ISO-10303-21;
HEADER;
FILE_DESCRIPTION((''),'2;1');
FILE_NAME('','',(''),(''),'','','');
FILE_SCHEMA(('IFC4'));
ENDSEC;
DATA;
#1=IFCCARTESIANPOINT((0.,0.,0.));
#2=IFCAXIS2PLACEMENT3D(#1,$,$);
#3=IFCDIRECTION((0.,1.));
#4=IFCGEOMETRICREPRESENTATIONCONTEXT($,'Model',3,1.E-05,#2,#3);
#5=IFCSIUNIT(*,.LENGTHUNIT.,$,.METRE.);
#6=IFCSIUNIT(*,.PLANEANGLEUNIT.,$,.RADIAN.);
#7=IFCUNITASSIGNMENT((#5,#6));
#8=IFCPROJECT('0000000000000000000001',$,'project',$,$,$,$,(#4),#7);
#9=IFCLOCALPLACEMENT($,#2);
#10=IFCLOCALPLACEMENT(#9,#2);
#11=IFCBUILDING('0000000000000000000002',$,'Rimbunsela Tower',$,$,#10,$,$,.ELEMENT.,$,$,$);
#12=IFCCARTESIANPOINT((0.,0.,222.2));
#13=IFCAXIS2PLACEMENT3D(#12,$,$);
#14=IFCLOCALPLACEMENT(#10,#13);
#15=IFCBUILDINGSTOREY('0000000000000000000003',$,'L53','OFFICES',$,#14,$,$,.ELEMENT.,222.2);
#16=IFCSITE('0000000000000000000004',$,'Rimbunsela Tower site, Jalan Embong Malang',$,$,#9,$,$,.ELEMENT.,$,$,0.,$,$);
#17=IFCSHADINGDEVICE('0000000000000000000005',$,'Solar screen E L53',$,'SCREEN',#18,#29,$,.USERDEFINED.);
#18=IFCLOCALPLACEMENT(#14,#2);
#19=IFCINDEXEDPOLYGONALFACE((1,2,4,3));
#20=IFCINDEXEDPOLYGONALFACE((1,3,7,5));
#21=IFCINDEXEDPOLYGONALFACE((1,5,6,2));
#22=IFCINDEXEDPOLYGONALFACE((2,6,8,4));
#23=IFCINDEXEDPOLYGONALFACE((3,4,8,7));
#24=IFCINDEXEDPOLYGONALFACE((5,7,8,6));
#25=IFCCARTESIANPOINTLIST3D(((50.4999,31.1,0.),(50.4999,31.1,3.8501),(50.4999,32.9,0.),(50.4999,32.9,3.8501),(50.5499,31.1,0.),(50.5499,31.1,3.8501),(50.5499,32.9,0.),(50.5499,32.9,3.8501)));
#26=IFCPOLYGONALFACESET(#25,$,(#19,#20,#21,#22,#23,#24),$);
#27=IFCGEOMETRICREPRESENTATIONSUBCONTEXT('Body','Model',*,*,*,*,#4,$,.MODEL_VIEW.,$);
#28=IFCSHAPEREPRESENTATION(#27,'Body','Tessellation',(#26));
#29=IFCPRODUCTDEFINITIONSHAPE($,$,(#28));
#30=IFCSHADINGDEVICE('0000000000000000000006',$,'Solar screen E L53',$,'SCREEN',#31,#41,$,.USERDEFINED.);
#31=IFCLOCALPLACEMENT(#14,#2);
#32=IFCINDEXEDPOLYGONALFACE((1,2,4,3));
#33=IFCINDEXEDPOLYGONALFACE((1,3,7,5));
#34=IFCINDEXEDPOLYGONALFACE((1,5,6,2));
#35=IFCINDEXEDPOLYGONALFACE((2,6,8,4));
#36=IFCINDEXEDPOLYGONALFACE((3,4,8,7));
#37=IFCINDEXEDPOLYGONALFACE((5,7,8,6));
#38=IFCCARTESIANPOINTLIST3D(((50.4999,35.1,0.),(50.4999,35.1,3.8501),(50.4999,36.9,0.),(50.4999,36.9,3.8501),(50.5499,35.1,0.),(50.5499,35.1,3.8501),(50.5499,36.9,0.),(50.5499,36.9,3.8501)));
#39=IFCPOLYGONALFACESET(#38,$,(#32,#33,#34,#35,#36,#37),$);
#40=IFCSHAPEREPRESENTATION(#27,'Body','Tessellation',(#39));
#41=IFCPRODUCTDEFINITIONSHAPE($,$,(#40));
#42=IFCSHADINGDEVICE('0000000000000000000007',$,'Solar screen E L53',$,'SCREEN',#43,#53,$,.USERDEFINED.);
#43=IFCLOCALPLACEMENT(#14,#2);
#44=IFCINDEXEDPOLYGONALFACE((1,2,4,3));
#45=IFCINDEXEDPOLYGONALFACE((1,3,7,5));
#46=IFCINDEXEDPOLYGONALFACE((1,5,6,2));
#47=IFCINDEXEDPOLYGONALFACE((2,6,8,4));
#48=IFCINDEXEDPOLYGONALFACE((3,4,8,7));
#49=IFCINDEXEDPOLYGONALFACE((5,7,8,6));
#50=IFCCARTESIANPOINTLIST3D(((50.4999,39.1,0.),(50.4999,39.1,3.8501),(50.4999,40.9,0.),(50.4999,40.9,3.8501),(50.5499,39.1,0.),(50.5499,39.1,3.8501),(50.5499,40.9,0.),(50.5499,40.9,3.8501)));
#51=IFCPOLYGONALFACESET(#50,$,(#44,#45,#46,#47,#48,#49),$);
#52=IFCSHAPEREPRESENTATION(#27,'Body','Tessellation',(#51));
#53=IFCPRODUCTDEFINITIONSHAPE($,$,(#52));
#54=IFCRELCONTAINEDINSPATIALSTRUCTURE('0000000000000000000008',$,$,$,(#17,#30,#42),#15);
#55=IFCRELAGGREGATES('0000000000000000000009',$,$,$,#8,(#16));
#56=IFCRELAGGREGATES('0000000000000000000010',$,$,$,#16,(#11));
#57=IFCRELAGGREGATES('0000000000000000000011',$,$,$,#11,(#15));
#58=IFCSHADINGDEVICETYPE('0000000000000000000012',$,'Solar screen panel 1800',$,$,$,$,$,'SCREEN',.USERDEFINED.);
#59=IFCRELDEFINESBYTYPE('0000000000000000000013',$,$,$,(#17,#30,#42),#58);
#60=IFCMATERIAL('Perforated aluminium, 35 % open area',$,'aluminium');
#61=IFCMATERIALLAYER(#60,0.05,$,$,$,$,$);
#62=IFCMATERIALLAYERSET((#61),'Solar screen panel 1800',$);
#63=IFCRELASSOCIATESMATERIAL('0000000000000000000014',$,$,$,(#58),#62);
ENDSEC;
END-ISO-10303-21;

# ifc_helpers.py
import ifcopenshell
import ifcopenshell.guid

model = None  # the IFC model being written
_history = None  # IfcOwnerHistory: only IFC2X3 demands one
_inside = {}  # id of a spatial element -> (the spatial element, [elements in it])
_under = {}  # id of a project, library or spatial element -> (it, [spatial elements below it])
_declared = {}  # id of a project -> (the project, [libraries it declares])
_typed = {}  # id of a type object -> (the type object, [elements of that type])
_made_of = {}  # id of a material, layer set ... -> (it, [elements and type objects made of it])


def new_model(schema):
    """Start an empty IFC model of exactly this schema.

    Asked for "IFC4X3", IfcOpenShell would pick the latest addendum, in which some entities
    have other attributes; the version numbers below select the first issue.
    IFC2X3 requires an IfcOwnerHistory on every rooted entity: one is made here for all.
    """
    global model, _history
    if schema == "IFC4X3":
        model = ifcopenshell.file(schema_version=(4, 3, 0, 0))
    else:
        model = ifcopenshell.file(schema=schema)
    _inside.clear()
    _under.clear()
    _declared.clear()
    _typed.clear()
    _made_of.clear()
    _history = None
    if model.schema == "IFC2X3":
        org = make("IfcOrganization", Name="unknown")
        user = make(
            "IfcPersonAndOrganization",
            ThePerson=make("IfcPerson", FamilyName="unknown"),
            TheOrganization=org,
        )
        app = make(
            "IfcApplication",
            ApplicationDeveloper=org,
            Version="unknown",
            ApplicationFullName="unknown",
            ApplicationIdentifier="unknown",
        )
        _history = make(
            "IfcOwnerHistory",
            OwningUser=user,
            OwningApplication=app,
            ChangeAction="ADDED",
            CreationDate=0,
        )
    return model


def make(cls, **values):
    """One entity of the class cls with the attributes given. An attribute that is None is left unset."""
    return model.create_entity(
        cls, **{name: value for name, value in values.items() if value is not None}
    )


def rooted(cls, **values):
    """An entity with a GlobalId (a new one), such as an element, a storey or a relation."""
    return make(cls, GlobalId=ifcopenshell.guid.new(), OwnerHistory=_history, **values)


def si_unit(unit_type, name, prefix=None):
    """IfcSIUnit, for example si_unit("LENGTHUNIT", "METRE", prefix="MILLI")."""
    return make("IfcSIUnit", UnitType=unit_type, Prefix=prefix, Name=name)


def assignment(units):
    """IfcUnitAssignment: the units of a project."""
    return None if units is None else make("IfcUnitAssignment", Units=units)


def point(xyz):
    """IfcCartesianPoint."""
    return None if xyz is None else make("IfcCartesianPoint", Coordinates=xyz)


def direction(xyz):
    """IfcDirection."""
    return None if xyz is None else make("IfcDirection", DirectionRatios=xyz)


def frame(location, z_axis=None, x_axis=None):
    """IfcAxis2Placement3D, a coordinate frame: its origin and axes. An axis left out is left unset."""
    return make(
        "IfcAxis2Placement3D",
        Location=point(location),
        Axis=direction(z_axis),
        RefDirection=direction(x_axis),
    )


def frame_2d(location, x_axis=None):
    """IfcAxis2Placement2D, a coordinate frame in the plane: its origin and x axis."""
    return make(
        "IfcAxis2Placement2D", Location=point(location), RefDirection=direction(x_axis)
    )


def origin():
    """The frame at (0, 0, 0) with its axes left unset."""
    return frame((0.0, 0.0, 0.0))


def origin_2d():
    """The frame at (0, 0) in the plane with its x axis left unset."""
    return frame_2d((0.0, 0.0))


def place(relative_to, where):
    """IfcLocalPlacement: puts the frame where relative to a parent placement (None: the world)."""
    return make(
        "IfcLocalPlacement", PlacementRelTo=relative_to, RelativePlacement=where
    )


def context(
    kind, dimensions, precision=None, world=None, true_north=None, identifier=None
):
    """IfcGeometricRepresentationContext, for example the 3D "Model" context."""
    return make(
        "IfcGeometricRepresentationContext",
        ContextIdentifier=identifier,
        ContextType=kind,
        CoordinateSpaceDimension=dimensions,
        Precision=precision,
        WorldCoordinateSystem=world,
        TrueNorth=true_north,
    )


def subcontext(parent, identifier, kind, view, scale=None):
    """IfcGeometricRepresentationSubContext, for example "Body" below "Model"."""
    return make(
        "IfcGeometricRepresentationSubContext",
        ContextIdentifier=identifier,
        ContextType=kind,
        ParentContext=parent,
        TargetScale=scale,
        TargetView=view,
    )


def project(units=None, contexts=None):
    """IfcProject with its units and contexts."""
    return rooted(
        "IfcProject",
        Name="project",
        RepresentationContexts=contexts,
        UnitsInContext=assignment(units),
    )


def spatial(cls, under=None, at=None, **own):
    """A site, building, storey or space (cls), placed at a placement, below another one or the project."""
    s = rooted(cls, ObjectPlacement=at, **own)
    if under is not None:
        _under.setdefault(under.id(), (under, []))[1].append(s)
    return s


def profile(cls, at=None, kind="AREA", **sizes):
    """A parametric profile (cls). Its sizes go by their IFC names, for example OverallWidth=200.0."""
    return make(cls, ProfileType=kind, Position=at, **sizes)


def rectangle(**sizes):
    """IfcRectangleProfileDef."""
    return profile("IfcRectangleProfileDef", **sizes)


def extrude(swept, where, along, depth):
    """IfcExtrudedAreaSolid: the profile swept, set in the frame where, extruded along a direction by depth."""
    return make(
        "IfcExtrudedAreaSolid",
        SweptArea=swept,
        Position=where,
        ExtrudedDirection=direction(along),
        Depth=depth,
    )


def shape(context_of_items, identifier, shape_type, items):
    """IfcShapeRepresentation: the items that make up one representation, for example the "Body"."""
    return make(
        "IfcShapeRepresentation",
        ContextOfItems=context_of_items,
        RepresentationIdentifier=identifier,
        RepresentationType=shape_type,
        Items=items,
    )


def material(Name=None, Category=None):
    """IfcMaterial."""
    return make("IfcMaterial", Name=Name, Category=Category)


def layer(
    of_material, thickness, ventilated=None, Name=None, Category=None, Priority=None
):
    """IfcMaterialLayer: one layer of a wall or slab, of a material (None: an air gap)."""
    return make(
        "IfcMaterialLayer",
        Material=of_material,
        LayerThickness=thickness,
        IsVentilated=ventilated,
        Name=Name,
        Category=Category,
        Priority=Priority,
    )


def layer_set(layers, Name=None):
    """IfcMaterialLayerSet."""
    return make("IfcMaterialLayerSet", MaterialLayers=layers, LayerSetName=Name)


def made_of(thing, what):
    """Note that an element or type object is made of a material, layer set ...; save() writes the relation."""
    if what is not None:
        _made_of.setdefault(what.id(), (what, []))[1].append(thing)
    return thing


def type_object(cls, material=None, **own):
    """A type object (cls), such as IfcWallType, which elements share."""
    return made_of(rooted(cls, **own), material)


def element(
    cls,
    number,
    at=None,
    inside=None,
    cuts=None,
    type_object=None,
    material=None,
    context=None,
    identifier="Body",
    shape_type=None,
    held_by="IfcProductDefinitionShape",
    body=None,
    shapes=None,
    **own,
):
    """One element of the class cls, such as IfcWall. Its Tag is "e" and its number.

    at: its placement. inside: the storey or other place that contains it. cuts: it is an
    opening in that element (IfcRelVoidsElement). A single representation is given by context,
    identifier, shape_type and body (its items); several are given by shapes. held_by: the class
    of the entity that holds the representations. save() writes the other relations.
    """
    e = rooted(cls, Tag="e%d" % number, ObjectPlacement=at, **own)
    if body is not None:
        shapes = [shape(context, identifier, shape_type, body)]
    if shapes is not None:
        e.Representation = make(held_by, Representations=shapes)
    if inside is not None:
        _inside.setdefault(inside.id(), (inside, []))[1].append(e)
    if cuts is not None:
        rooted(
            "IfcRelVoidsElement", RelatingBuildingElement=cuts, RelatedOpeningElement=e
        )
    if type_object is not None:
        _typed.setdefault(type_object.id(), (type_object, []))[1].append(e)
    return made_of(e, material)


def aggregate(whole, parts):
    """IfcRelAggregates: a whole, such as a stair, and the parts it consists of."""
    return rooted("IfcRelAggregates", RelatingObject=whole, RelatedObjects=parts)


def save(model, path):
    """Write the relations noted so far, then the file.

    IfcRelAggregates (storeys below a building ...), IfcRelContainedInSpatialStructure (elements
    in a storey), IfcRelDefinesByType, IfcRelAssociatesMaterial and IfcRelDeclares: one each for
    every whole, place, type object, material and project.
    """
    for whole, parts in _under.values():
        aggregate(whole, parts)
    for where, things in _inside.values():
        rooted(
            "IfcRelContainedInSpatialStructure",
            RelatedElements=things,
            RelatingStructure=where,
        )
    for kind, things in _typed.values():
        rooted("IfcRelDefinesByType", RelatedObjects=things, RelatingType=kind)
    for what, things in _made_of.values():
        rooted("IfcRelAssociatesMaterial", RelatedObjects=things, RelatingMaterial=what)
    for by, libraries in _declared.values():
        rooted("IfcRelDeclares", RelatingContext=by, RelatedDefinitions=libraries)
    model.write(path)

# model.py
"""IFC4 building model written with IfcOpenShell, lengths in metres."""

from ifc_helpers import new_model, si_unit, direction, frame, origin, origin_2d, place, context, subcontext, project, spatial, rectangle, extrude, material, layer, layer_set, type_object, element, save


model = new_model("IFC4")

# Units and contexts
model_context = context("Model", 3, precision=1e-05, world=origin(), true_north=direction((0.0, 1.0)))
body_context = subcontext(model_context, "Body", "Model", "MODEL_VIEW")
ifc_project = project(units=[si_unit("LENGTHUNIT", "METRE"), si_unit("PLANEANGLEUNIT", "RADIAN")], contexts=[model_context])

# Site, building, storey
site_placement = place(None, origin())
site = spatial("IfcSite", under=ifc_project, at=site_placement, Name="Rimbunsela Tower site, Jalan Embong Malang", CompositionType="ELEMENT", RefElevation=0.0)
building_placement = place(site_placement, origin())
building = spatial("IfcBuilding", under=site, at=building_placement, Name="Rimbunsela Tower", CompositionType="ELEMENT")
storey_placement = place(building_placement, frame((0.0, 0.0, 222.2)))
storey = spatial("IfcBuildingStorey", under=building, at=storey_placement, Name="L53", Description="OFFICES", CompositionType="ELEMENT", Elevation=222.2)

# Shading devices
ifc_material_1 = material(Name="Perforated aluminium, 35 % open area", Category="aluminium")
ifc_layer_1 = layer(ifc_material_1, 0.05)
ifc_layer_set_1 = layer_set([ifc_layer_1], Name="Solar screen panel 1800")
shading_device_type = type_object("IfcShadingDeviceType", Name="Solar screen panel 1800", ElementType="SCREEN", PredefinedType="USERDEFINED", material=ifc_layer_set_1)
for number, where, z_axis, x_axis, name in (
    (1, (50.5249, 32.0, 0.0), (0.0, 0.0, 1.0), (0.0, 1.0, 0.0), "Solar screen E L53"),
    (2, (50.5249, 36.0, 0.0), (0.0, 0.0, 1.0), (0.0, 1.0, 0.0), "Solar screen E L53"),
    (3, (50.5249, 40.0, 0.0), (0.0, 0.0, 1.0), (0.0, 1.0, 0.0), "Solar screen E L53"),
):
    element("IfcShadingDevice", number, at=place(storey_placement, frame(where, z_axis=z_axis, x_axis=x_axis)), inside=storey, type_object=shading_device_type, Name=name, ObjectType="SCREEN", PredefinedType="USERDEFINED", context=body_context, shape_type="SweptSolid", body=[
        extrude(rectangle(XDim=1.8, YDim=0.05, at=origin_2d()), origin(), (0.0, 0.0, 1.0), 3.8501),
    ])

save(model, "model.ifc")
